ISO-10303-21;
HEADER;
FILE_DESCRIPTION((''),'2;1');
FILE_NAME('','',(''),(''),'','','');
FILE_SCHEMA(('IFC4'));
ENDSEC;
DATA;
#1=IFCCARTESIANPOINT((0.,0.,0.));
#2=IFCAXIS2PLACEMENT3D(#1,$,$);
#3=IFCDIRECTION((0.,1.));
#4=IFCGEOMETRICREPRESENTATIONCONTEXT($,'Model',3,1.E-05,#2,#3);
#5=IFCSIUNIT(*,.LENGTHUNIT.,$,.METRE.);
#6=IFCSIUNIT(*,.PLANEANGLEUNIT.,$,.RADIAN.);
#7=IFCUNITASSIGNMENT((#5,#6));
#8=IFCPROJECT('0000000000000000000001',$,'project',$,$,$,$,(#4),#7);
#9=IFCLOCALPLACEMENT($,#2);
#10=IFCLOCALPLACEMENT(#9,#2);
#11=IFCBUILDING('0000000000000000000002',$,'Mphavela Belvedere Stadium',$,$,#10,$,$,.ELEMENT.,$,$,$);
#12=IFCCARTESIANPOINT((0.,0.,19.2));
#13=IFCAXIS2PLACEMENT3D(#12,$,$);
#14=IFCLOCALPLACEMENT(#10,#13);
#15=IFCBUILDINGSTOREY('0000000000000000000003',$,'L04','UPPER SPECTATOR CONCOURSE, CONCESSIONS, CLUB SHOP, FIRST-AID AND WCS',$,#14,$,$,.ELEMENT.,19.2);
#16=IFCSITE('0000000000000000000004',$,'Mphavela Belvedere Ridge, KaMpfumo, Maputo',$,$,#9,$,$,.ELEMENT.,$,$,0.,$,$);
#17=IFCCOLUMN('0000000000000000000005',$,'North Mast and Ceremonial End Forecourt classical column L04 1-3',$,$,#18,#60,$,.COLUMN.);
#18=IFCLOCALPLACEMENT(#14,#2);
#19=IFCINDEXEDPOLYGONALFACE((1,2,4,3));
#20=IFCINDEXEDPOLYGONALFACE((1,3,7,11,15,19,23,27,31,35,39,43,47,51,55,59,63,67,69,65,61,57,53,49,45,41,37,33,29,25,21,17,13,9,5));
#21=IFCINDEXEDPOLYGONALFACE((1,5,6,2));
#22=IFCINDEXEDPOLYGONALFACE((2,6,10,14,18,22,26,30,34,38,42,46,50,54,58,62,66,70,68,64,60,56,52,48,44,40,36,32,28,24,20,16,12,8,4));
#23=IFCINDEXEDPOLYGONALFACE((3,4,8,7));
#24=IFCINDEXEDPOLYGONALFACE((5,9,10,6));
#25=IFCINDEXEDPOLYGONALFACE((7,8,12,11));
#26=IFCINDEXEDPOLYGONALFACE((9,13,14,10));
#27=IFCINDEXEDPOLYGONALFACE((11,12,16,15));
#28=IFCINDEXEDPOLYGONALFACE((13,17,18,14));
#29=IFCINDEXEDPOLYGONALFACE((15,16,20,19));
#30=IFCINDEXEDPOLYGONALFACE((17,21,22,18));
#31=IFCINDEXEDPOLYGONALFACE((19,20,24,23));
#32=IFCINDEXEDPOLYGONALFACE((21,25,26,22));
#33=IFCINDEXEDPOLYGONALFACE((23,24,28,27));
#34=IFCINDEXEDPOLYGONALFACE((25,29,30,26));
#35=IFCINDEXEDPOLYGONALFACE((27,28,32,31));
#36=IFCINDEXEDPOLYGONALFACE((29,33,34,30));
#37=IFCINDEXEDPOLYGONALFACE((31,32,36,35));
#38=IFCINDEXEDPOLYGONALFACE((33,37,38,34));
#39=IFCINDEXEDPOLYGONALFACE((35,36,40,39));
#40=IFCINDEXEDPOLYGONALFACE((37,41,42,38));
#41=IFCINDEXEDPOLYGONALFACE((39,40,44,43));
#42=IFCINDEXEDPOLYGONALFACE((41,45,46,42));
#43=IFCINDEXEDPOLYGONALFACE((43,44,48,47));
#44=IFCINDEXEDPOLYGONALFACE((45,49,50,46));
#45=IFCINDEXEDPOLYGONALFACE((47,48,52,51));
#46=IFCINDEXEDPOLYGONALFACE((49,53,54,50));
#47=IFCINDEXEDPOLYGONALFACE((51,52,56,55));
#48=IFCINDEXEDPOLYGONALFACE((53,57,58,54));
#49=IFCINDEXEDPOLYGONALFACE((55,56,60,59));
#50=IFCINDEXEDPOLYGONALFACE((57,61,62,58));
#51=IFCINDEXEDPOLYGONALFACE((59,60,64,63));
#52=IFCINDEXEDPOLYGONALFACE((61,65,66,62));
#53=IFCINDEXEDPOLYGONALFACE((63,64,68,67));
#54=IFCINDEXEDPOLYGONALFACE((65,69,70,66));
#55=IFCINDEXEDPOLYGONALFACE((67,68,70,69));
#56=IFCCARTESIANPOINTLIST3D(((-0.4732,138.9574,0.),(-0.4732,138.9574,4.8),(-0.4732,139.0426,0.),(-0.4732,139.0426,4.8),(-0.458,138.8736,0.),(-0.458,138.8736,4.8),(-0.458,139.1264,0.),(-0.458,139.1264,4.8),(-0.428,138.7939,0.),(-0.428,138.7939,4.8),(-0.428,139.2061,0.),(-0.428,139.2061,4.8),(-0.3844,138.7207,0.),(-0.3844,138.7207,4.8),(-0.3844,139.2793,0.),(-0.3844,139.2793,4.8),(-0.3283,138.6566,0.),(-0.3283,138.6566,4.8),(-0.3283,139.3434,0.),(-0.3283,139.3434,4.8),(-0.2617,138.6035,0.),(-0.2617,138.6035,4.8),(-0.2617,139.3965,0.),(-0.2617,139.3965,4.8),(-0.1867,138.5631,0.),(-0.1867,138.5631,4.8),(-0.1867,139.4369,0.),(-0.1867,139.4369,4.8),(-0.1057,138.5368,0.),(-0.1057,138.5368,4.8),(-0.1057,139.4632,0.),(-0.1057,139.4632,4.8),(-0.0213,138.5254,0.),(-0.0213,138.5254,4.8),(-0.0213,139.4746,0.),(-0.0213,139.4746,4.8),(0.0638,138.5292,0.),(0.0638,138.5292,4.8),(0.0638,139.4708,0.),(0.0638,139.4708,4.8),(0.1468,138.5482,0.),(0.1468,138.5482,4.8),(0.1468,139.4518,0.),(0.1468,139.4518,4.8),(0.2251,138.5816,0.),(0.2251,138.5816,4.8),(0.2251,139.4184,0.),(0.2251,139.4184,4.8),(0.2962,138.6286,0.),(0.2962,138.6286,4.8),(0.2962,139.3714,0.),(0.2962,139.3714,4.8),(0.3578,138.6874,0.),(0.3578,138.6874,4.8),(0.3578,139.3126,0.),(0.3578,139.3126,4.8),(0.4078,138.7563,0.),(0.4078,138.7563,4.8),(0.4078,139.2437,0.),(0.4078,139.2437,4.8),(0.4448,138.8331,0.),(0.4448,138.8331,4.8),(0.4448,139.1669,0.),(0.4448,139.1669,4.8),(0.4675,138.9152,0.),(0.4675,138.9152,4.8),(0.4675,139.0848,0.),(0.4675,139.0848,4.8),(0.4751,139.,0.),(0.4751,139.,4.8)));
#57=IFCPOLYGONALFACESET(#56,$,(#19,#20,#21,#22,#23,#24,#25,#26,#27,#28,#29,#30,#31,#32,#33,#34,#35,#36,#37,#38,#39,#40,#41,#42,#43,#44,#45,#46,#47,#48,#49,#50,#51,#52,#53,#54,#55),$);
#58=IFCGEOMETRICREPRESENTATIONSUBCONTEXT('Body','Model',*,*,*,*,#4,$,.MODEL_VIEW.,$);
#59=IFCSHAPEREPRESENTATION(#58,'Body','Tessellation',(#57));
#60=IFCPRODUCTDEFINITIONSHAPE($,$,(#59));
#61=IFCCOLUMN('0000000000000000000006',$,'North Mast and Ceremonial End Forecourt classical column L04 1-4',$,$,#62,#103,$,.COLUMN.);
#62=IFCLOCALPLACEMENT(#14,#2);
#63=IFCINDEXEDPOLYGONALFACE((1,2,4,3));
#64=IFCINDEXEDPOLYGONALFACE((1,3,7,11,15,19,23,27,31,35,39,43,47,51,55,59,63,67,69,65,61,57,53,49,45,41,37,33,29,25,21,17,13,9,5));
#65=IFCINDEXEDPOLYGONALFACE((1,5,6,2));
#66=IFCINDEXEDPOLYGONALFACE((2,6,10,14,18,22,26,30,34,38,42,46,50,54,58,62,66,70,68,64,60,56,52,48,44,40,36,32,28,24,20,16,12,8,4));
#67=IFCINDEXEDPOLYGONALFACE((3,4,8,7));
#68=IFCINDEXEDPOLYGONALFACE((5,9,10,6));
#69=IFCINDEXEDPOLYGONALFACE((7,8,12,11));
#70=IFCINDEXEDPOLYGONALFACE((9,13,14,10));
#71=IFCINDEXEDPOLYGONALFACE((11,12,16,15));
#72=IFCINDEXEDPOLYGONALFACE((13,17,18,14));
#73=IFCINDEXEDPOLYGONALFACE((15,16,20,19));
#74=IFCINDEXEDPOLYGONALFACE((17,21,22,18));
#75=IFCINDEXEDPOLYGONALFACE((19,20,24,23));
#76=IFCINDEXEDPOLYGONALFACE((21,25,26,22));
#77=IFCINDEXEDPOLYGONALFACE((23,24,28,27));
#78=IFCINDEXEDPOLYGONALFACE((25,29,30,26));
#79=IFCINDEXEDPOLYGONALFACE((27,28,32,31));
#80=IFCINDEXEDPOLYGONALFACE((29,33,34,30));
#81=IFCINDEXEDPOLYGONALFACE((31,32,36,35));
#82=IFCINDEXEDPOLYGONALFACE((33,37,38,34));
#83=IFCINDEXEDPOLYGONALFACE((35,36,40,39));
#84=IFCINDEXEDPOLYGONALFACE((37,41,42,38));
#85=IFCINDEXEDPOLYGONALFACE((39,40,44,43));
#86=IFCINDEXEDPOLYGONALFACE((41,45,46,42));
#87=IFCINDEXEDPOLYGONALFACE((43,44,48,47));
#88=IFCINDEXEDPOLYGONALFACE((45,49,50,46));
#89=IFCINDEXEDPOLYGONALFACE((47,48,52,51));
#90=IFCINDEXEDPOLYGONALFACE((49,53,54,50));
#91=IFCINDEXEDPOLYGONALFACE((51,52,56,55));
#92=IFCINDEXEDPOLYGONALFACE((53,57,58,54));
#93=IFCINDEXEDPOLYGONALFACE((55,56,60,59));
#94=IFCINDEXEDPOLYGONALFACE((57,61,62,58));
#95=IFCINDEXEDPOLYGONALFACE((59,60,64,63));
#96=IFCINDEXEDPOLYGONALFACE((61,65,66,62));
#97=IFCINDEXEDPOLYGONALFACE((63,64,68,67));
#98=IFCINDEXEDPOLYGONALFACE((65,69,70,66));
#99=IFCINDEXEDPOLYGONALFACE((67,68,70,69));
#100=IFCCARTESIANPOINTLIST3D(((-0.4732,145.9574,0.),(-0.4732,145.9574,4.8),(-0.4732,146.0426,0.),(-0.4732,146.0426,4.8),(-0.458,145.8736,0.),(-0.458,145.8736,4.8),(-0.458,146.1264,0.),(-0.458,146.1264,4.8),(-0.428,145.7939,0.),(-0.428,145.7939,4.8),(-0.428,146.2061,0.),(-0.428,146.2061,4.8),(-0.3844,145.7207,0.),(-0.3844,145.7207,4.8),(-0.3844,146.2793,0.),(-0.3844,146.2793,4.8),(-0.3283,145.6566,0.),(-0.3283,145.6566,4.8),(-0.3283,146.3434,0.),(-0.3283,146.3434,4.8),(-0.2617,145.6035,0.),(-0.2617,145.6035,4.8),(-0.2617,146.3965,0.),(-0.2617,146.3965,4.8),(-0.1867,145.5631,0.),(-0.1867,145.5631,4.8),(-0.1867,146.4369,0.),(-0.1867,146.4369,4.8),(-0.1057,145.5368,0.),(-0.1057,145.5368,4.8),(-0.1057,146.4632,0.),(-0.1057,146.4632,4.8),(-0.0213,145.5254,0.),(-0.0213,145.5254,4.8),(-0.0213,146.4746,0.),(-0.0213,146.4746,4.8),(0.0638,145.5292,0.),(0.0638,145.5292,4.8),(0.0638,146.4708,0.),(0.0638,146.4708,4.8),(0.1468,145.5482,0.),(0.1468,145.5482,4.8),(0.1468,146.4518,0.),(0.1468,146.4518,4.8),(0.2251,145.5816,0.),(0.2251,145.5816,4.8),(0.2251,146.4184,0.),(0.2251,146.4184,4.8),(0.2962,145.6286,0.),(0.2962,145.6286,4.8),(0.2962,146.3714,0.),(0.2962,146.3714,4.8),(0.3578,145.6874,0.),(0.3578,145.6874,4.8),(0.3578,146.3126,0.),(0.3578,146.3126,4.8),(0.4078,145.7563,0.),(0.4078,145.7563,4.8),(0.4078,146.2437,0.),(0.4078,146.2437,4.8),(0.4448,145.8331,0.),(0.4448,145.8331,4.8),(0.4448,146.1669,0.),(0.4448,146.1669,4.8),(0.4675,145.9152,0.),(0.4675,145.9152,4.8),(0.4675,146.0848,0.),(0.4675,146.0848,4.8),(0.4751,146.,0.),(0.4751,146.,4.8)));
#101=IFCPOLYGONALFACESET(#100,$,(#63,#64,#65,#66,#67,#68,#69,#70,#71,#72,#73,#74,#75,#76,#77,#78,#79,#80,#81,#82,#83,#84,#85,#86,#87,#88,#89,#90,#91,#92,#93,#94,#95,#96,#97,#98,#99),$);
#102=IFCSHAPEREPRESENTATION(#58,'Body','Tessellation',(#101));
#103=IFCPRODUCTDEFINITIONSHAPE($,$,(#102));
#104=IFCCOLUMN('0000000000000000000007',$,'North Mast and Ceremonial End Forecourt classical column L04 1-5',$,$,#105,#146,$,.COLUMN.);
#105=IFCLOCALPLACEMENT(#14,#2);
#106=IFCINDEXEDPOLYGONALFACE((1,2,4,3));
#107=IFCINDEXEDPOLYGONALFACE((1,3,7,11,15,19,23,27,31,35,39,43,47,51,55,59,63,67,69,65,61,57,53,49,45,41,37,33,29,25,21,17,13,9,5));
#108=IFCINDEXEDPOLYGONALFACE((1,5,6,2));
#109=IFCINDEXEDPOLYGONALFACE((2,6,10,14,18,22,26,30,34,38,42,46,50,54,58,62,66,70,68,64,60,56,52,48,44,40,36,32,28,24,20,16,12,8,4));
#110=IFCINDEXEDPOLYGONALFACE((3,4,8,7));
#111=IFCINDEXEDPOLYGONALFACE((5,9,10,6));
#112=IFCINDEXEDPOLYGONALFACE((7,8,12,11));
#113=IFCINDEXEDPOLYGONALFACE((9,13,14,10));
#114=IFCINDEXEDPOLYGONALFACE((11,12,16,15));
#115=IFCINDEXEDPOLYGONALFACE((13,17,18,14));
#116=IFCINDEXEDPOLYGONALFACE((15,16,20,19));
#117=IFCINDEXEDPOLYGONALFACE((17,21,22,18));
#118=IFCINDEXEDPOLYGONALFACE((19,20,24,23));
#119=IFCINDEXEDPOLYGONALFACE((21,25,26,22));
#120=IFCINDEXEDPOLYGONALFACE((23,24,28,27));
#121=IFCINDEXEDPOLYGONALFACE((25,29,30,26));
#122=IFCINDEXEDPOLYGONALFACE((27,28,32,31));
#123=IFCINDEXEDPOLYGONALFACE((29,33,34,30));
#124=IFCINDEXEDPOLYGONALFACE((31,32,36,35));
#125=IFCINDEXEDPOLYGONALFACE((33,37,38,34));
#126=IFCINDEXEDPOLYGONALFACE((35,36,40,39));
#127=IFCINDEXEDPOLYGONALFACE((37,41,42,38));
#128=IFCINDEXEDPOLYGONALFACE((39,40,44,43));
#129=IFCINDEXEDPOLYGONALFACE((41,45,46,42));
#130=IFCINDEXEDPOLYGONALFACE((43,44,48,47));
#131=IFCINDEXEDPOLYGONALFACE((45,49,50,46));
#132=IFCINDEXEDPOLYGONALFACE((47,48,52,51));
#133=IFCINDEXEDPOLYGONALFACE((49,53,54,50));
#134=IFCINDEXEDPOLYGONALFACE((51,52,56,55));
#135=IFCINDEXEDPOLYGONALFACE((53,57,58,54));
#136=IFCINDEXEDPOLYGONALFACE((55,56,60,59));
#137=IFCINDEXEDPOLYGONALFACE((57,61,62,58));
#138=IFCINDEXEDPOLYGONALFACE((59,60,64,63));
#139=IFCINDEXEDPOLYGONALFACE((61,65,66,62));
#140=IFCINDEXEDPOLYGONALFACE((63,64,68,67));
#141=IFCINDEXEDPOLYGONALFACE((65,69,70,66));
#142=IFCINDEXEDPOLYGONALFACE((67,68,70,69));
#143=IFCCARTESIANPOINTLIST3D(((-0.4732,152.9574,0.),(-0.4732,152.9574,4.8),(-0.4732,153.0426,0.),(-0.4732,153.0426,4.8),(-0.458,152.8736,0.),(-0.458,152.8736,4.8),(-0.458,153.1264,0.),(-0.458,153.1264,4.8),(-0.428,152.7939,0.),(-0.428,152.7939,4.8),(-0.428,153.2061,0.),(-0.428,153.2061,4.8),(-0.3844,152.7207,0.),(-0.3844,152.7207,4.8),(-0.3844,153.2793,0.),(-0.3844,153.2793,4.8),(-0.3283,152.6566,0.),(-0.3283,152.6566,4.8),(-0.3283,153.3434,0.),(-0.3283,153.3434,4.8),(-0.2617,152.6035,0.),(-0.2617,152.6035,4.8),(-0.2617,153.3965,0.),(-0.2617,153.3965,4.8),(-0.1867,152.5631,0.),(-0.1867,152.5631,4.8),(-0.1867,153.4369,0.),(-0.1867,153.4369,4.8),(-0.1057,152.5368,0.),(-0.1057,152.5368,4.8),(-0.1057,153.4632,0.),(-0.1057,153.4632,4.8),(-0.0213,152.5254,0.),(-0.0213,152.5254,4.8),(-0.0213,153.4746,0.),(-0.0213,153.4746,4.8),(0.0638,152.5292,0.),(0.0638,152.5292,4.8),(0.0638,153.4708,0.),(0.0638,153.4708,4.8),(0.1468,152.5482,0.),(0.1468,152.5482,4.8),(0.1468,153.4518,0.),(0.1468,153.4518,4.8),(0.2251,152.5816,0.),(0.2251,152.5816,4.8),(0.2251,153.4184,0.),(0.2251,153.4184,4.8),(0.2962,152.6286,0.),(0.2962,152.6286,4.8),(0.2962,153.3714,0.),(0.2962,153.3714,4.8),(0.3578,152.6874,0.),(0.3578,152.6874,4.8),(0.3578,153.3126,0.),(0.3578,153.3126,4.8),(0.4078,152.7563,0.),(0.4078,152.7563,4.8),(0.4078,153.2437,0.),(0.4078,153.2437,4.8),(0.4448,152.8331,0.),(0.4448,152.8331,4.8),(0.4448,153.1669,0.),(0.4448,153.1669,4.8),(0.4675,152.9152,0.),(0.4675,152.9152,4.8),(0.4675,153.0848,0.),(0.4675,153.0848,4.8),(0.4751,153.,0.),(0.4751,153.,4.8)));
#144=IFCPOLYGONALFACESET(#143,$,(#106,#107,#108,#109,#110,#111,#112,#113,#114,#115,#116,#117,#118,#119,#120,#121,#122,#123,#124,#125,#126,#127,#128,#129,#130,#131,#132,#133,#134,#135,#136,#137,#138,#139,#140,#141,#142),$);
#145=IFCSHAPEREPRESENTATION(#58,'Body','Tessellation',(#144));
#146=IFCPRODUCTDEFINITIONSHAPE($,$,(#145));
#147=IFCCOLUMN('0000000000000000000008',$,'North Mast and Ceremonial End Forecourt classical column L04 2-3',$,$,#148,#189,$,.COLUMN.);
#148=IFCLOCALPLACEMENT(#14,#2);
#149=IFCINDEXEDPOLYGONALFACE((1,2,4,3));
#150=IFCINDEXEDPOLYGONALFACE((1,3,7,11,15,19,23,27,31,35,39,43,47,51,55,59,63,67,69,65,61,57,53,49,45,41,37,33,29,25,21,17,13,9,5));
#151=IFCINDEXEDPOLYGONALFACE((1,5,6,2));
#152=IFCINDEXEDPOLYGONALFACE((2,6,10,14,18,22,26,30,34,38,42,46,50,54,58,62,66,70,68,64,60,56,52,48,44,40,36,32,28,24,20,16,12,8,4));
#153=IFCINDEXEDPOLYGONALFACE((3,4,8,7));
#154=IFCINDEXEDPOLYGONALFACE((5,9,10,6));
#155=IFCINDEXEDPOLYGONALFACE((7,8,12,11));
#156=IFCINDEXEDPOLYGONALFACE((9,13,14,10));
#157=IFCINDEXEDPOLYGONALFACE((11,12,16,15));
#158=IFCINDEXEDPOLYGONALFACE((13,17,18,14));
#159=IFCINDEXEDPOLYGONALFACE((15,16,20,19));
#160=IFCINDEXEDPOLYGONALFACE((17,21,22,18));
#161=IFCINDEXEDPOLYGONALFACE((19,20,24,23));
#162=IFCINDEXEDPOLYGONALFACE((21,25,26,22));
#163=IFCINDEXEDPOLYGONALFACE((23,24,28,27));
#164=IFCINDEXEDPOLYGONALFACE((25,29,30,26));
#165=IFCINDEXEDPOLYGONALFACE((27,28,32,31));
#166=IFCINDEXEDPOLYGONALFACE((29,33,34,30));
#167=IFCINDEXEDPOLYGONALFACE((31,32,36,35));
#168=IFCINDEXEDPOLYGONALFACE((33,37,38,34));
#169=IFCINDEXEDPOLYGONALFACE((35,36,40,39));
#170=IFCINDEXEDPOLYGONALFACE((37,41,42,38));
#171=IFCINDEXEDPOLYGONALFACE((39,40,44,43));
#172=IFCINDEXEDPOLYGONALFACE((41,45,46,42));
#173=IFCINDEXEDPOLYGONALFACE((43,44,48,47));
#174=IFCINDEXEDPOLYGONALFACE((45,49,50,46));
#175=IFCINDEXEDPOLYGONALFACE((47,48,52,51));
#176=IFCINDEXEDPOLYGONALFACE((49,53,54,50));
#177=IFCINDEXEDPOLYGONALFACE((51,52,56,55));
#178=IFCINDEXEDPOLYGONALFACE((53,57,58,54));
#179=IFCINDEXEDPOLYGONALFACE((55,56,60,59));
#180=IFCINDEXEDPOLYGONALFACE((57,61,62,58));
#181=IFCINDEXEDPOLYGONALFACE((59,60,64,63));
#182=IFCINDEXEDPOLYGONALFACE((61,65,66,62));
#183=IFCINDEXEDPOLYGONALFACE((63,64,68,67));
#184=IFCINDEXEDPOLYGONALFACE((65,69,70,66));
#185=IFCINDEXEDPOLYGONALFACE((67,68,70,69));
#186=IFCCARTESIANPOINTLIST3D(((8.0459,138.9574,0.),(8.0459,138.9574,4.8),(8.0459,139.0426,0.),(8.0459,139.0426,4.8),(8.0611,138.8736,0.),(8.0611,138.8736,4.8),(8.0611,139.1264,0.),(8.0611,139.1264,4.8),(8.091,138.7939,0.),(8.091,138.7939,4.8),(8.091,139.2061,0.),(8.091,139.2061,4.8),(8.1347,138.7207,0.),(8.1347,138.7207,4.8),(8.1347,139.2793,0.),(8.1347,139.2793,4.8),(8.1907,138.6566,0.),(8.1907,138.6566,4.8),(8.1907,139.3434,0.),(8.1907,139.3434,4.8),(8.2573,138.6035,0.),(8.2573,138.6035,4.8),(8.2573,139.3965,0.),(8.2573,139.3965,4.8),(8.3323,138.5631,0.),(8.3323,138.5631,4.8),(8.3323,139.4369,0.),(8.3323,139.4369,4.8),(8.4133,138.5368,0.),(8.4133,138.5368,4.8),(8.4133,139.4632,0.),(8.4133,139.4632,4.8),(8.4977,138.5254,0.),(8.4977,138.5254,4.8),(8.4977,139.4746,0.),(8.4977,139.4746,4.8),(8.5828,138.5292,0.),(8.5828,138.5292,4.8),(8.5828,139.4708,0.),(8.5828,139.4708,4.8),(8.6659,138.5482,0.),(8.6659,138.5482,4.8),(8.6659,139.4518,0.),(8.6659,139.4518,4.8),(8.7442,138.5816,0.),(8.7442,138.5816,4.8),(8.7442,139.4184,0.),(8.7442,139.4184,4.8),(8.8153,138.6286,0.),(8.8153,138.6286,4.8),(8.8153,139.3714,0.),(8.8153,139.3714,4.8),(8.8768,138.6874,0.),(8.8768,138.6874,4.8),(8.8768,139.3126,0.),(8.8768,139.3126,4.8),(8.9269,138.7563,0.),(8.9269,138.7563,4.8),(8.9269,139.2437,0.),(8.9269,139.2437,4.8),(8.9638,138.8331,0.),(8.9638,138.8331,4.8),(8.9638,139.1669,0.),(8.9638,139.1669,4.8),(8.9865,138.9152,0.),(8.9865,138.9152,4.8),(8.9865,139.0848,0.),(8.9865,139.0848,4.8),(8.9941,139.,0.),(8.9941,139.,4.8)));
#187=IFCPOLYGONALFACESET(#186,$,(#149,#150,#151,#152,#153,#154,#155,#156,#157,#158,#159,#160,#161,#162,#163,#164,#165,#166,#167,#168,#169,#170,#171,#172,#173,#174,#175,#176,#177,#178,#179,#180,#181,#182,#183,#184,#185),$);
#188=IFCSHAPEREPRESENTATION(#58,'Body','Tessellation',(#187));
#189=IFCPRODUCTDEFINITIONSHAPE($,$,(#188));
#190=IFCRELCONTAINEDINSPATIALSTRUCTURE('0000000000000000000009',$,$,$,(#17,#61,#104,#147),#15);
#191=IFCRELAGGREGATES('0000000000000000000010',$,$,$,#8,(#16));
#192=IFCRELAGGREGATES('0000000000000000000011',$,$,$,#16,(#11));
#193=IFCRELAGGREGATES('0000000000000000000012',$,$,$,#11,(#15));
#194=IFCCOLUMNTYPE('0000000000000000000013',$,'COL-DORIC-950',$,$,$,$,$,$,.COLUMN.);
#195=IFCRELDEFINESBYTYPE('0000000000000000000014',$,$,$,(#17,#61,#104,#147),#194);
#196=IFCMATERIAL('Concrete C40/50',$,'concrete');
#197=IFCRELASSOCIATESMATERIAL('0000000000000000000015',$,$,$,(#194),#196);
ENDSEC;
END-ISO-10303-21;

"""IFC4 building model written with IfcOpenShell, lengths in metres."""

from ifc_helpers import new_model, si_unit, direction, frame, origin, origin_2d, place, context, subcontext, project, spatial, circle, extrude, material, material_profile, profile_set, type_object, element, save


model = new_model("IFC4")

# Units and contexts
model_context = context("Model", 3, precision=1e-05, world=origin(), true_north=direction((0.0, 1.0)))
body_context = subcontext(model_context, "Body", "Model", "MODEL_VIEW")
ifc_project = project(units=[si_unit("LENGTHUNIT", "METRE"), si_unit("PLANEANGLEUNIT", "RADIAN")], contexts=[model_context])

# Site, building, storey
site_placement = place(None, origin())
site = spatial("IfcSite", under=ifc_project, at=site_placement, Name="Mphavela Belvedere Ridge, KaMpfumo, Maputo", CompositionType="ELEMENT", RefElevation=0.0)
building_placement = place(site_placement, origin())
building = spatial("IfcBuilding", under=site, at=building_placement, Name="Mphavela Belvedere Stadium", CompositionType="ELEMENT")
storey_placement = place(building_placement, frame((0.0, 0.0, 19.2)))
storey = spatial("IfcBuildingStorey", under=building, at=storey_placement, Name="L04", Description="UPPER SPECTATOR CONCOURSE, CONCESSIONS, CLUB SHOP, FIRST-AID AND WCS", CompositionType="ELEMENT", Elevation=19.2)

# Columns
ifc_material_1 = material(Name="Concrete C40/50", Category="concrete")
ifc_material_profile_1 = material_profile(ifc_material_1, circle(Radius=0.4751, at=origin_2d()), Name="COL D950")
ifc_profile_set_1 = profile_set([ifc_material_profile_1], Name="Concrete C40/50")
column_type = type_object("IfcColumnType", Name="COL-DORIC-950", PredefinedType="COLUMN", material=ifc_profile_set_1)
for number, where, z_axis, x_axis, name in (
    (1, (0.0, 139.0, 0.0), (0.0, 0.0, 1.0), (1.0, 0.0, 0.0), "North Mast and Ceremonial End Forecourt classical column L04 1-3"),
    (2, (0.0, 146.0, 0.0), (0.0, 0.0, 1.0), (1.0, 0.0, 0.0), "North Mast and Ceremonial End Forecourt classical column L04 1-4"),
    (3, (0.0, 153.0, 0.0), (0.0, 0.0, 1.0), (1.0, 0.0, 0.0), "North Mast and Ceremonial End Forecourt classical column L04 1-5"),
    (4, (8.519, 139.0, 0.0), (0.0, 0.0, 1.0), (1.0, 0.0, 0.0), "North Mast and Ceremonial End Forecourt classical column L04 2-3"),
):
    element("IfcColumn", number, at=place(storey_placement, frame(where, z_axis=z_axis, x_axis=x_axis)), inside=storey, type_object=column_type, Name=name, PredefinedType="COLUMN", context=body_context, shape_type="SweptSolid", body=[
        extrude(circle(Radius=0.4751, at=origin_2d()), origin(), (0.0, 0.0, 1.0), 4.8),
    ])

save(model, "model.ifc")
